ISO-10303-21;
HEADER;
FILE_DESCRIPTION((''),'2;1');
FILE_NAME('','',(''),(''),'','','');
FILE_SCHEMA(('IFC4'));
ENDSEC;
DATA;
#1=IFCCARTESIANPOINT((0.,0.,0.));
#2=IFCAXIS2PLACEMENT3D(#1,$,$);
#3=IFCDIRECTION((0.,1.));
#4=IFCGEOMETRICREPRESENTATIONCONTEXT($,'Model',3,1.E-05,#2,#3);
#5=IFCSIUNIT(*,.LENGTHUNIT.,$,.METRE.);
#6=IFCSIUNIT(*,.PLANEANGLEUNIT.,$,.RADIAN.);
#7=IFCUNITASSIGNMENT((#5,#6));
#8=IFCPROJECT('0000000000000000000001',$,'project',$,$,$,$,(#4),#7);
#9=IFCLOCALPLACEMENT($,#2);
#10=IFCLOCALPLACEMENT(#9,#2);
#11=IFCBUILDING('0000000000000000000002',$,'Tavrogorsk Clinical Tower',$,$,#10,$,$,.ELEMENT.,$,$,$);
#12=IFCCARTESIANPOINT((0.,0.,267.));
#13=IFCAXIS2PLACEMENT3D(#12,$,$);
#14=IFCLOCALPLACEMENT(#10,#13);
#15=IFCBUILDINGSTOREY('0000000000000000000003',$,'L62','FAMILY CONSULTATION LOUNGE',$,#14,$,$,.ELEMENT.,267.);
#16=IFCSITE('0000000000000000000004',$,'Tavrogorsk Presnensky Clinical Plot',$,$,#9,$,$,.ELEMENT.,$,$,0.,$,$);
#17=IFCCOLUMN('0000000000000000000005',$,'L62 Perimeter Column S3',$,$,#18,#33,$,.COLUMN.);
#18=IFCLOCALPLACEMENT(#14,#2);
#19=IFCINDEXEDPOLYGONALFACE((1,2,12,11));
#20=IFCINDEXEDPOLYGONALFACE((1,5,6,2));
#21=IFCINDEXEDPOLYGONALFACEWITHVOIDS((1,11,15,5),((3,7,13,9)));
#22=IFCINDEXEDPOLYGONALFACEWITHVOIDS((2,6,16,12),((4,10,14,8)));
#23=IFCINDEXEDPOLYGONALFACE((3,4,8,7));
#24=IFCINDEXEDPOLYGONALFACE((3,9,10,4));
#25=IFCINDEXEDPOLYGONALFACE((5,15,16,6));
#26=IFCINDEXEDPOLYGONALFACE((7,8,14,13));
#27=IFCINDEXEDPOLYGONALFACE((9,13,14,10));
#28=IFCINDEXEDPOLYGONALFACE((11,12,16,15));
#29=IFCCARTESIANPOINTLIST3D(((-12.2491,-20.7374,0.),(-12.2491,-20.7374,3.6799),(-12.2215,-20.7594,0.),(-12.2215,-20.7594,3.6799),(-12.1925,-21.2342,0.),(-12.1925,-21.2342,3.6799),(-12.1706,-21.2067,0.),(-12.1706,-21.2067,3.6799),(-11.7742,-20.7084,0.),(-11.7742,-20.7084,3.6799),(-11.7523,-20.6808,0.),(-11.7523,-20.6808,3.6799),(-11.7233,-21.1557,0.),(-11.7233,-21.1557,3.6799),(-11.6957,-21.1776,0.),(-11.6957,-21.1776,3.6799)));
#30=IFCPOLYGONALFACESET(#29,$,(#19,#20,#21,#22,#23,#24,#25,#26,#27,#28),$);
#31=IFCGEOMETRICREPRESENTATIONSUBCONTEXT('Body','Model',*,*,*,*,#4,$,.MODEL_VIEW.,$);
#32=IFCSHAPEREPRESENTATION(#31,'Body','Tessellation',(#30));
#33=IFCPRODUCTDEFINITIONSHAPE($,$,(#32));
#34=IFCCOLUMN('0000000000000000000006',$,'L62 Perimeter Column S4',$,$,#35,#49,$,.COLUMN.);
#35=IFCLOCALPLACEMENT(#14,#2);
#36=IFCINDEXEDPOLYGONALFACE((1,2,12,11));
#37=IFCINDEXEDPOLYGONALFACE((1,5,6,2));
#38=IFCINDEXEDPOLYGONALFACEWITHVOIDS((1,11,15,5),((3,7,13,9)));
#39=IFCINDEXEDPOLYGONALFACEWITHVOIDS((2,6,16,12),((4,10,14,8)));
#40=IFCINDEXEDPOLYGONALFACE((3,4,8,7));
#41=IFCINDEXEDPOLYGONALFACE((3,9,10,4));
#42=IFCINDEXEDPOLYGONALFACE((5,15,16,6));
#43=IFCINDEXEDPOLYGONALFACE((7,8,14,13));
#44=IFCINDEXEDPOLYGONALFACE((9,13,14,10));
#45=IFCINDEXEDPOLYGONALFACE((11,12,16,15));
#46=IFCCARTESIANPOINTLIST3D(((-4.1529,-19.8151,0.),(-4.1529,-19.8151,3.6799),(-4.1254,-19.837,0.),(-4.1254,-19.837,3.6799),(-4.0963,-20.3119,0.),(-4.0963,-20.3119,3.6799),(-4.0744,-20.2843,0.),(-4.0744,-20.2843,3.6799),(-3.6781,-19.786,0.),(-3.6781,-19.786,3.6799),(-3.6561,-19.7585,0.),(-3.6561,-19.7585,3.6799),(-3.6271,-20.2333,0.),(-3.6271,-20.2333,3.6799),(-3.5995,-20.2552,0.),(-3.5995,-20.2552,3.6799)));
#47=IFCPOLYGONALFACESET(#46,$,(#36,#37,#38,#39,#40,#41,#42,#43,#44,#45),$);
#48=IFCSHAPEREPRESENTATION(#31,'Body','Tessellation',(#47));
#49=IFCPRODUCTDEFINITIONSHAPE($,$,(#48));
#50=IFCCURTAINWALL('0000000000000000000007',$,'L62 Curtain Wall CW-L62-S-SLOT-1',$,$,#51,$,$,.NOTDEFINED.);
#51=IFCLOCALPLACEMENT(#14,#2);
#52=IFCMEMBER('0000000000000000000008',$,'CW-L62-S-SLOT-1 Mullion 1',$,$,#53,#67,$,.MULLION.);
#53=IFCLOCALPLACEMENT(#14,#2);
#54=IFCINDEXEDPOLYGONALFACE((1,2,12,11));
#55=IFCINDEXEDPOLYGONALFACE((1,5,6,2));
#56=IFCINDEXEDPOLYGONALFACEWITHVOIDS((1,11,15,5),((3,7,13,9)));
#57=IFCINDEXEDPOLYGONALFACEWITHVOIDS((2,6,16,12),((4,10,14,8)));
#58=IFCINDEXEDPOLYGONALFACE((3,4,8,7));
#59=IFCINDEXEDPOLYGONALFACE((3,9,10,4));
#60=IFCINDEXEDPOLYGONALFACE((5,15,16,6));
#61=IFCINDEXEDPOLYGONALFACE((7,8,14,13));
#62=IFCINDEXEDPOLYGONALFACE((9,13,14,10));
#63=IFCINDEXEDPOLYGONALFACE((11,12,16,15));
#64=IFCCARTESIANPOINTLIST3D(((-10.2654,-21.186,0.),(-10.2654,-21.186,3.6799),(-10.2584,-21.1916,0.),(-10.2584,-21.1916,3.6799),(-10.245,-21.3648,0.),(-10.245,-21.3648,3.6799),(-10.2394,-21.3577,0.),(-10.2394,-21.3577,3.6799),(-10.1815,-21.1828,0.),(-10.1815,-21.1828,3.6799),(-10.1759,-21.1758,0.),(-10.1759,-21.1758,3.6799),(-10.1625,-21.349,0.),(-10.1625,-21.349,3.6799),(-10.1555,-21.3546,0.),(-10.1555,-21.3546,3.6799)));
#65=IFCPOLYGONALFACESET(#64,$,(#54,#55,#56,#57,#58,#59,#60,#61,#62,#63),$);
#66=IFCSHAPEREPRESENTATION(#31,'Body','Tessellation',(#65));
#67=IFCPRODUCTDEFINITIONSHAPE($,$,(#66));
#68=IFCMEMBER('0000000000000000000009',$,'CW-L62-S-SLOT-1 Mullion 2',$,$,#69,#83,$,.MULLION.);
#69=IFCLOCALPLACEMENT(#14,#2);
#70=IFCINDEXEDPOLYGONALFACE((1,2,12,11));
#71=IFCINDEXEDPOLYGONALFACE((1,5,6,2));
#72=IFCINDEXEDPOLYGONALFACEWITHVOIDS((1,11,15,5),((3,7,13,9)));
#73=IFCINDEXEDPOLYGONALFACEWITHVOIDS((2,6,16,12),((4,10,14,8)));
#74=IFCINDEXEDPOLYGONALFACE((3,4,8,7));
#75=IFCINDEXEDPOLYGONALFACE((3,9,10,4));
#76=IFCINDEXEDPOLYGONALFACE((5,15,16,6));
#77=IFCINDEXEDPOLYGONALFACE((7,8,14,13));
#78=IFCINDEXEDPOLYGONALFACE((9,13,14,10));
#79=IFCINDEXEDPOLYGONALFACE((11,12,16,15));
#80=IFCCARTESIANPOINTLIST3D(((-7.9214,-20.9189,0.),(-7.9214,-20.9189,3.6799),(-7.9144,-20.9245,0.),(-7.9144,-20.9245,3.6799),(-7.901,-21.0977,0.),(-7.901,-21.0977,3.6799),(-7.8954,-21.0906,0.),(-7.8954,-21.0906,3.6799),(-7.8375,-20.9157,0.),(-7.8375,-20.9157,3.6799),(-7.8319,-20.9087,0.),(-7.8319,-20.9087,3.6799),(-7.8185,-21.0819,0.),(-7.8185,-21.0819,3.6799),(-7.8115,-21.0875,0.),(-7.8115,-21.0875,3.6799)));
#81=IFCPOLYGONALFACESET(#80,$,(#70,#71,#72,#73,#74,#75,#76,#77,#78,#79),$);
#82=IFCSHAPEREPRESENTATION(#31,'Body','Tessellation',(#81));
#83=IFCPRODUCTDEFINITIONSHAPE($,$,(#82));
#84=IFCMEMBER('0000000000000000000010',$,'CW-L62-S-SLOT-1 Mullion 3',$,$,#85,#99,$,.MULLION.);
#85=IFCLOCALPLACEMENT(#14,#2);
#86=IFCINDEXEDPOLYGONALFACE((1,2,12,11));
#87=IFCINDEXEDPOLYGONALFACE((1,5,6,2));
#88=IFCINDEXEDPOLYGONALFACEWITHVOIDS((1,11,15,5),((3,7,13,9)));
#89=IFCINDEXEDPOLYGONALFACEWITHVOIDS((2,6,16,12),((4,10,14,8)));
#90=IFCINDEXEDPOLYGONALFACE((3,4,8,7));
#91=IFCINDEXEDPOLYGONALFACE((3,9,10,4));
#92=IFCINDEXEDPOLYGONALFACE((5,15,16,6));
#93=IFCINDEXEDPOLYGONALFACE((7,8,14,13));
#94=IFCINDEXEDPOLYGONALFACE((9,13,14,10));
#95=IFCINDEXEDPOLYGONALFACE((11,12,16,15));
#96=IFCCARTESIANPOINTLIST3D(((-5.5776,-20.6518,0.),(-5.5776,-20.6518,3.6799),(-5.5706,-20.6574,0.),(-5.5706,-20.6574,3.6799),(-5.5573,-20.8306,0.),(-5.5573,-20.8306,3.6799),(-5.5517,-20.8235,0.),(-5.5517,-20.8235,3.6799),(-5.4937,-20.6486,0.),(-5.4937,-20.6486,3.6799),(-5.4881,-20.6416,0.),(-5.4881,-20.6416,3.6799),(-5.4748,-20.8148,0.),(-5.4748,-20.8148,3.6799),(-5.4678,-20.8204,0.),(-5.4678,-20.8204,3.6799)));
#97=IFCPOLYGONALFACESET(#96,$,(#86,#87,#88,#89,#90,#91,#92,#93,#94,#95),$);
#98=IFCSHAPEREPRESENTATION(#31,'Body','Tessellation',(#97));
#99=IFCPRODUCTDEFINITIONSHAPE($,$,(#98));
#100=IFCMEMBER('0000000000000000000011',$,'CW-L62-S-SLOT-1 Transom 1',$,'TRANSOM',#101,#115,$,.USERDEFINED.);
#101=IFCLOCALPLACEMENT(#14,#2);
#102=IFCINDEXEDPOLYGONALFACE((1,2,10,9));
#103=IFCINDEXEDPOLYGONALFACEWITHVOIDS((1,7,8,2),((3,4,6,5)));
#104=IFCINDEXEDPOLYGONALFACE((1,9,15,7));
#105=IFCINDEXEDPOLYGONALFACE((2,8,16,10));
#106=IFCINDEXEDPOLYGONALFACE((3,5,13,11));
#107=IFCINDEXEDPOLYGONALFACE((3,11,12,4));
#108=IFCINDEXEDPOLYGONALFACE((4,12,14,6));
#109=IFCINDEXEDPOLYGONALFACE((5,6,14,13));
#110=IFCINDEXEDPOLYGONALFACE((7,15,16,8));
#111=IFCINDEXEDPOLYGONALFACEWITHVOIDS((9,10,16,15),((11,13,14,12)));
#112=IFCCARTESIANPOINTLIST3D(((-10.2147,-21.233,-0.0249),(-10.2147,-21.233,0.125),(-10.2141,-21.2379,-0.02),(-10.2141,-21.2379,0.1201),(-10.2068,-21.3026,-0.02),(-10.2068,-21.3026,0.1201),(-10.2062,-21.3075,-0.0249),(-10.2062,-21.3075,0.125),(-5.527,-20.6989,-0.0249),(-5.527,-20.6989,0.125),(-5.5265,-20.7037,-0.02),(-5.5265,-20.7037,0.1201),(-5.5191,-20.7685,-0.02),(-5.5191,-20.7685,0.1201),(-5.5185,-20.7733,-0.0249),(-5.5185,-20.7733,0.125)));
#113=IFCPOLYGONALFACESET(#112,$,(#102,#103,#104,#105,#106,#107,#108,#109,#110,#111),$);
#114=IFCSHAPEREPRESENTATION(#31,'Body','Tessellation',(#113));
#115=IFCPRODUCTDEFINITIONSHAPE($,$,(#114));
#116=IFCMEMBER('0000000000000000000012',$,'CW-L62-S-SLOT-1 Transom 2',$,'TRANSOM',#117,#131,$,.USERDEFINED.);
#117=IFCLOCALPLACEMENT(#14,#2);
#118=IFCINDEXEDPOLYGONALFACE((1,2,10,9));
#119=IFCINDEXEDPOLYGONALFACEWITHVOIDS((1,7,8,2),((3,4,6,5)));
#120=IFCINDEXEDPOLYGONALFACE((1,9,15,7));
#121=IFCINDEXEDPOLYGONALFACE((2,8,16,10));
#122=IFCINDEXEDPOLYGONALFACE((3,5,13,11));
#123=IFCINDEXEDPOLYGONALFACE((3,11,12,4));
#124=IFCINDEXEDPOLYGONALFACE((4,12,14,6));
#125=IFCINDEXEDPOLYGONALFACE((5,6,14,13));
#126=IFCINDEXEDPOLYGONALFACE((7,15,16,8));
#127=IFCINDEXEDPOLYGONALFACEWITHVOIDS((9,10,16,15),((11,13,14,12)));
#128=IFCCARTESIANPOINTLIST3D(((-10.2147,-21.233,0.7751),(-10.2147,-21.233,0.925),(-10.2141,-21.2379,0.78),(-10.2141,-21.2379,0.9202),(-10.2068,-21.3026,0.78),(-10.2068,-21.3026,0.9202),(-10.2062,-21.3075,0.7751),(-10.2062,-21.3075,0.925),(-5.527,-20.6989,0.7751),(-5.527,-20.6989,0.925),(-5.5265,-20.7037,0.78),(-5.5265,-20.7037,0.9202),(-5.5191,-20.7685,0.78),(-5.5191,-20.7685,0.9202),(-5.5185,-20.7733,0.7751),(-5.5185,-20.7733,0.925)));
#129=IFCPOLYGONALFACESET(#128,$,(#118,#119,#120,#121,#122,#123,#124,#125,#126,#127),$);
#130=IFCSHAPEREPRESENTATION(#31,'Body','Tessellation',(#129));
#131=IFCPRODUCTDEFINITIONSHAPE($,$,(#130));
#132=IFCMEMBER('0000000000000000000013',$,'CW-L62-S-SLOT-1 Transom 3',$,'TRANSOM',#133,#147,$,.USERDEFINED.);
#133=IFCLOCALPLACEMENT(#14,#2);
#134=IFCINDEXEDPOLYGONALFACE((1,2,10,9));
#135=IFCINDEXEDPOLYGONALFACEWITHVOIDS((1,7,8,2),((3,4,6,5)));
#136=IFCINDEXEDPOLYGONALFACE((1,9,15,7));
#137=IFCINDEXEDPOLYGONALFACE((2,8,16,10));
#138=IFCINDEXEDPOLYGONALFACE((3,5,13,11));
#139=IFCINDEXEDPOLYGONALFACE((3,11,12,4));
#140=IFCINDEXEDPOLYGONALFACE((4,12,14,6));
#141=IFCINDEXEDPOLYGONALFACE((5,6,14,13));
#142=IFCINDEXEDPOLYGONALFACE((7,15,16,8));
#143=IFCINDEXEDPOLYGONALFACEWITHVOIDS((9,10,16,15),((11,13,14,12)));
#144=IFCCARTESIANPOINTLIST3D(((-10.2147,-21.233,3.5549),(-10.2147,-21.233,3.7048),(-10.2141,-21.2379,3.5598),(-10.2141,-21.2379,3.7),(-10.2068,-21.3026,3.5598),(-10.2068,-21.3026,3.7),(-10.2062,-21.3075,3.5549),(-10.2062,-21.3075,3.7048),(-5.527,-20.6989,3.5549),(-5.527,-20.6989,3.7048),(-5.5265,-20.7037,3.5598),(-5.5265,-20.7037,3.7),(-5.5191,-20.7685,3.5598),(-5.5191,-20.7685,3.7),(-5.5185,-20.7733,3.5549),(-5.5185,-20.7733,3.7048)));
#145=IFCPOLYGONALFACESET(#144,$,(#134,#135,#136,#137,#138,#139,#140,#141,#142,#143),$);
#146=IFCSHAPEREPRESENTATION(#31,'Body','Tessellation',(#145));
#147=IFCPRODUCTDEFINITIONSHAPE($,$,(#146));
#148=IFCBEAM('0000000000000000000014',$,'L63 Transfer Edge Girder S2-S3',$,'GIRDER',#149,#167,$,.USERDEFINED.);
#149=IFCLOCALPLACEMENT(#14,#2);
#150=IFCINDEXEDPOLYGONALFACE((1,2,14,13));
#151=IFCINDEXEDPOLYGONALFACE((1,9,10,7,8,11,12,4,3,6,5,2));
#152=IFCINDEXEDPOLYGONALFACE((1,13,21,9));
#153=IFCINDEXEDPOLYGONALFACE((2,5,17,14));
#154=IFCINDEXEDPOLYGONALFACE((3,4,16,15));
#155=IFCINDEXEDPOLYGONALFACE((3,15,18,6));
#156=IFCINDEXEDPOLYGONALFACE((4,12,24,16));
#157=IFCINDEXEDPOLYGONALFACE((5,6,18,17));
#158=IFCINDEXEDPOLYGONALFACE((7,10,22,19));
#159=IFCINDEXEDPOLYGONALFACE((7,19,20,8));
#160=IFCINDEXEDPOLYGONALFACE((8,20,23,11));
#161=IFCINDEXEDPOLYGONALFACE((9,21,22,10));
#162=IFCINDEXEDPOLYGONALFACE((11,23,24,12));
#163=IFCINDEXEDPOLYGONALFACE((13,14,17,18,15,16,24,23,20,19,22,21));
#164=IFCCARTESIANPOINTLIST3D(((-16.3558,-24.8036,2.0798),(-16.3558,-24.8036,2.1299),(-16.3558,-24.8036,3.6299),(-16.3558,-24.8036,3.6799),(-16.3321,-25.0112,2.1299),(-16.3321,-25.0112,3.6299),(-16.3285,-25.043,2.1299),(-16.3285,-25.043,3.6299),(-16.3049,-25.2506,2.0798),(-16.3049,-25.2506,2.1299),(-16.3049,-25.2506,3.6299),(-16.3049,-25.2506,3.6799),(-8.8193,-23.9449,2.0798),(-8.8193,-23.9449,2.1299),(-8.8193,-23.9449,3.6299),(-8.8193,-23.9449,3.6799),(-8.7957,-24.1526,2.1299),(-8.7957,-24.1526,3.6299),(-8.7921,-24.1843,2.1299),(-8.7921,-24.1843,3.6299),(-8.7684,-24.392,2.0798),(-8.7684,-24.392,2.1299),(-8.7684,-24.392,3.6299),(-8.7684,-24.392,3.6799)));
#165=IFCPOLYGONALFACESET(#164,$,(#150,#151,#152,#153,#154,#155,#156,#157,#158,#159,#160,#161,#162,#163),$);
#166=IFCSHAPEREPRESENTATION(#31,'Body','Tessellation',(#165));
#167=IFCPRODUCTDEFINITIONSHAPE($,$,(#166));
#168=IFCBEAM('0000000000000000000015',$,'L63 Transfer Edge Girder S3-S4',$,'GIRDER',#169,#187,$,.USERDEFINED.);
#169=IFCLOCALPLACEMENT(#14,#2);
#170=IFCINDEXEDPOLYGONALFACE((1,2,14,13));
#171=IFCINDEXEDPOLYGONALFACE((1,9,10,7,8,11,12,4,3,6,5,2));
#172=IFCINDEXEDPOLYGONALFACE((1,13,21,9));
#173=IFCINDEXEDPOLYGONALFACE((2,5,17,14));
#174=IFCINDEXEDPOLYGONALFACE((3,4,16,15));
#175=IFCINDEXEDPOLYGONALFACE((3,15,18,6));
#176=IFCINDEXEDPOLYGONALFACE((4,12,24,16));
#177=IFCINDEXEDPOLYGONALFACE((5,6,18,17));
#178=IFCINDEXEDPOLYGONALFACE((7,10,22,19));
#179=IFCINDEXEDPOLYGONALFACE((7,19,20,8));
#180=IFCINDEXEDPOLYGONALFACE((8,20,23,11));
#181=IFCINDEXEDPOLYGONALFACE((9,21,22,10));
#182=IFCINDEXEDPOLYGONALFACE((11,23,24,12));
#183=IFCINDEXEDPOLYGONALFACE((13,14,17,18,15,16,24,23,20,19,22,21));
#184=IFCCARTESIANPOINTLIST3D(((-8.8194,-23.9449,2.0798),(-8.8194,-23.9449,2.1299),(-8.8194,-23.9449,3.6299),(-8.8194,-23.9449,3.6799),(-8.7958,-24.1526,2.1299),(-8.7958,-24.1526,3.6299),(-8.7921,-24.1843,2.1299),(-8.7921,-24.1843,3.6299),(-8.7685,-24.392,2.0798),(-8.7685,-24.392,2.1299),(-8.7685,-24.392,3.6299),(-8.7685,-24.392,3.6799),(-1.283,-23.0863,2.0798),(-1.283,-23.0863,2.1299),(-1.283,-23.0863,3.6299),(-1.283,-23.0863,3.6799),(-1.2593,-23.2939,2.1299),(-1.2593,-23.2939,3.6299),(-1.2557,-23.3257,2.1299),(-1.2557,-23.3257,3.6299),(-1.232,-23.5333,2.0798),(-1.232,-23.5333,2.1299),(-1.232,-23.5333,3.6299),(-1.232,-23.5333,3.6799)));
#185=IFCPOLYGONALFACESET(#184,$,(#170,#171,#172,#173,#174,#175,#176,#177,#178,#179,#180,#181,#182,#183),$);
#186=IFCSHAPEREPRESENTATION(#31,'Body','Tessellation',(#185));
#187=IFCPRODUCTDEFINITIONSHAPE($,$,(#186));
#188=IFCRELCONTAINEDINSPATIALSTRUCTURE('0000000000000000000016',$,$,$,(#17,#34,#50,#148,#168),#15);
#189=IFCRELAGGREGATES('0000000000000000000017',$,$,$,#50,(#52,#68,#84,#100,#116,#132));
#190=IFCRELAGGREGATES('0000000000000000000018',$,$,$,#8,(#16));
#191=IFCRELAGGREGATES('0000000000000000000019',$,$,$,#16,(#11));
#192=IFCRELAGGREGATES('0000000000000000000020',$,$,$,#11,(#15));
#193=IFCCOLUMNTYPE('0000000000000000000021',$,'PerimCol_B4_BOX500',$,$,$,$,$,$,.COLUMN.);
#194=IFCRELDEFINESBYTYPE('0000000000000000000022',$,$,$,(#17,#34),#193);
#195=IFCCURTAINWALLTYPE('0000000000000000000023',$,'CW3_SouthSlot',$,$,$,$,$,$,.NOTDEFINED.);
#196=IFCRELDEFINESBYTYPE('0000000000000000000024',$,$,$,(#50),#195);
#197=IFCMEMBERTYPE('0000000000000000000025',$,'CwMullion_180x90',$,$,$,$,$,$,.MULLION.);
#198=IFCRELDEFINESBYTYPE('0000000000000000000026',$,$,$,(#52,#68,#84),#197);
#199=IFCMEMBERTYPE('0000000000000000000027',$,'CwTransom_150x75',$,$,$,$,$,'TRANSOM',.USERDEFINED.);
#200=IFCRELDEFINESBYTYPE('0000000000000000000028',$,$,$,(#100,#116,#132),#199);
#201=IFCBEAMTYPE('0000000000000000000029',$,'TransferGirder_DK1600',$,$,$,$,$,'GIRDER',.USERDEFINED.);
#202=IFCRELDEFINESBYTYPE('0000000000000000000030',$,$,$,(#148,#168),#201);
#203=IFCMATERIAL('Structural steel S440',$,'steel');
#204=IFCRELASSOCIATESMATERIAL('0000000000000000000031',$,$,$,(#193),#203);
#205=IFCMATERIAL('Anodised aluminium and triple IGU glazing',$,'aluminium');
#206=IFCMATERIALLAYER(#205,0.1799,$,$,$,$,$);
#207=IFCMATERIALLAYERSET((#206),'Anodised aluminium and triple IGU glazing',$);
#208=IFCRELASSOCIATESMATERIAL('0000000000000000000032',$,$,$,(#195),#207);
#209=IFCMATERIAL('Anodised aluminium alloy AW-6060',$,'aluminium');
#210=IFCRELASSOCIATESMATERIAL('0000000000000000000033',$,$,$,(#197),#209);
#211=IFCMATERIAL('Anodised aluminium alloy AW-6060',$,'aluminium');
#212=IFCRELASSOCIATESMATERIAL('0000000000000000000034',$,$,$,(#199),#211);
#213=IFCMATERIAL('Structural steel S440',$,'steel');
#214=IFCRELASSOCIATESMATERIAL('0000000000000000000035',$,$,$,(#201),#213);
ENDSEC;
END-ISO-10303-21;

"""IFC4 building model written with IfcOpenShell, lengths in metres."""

from ifc_helpers import new_model, si_unit, direction, frame, origin, origin_2d, place, context, subcontext, project, spatial, hollow_rectangle, i_section, extrude, material, layer, layer_set, material_profile, profile_set, type_object, element, aggregate, save


model = new_model("IFC4")

# Units and contexts
model_context = context("Model", 3, precision=1e-05, world=origin(), true_north=direction((0.0, 1.0)))
body_context = subcontext(model_context, "Body", "Model", "MODEL_VIEW")
ifc_project = project(units=[si_unit("LENGTHUNIT", "METRE"), si_unit("PLANEANGLEUNIT", "RADIAN")], contexts=[model_context])

# Site, building, storey
site_placement = place(None, origin())
site = spatial("IfcSite", under=ifc_project, at=site_placement, Name="Tavrogorsk Presnensky Clinical Plot", CompositionType="ELEMENT", RefElevation=0.0)
building_placement = place(site_placement, origin())
building = spatial("IfcBuilding", under=site, at=building_placement, Name="Tavrogorsk Clinical Tower", CompositionType="ELEMENT")
storey_placement = place(building_placement, frame((0.0, 0.0, 267.0)))
storey = spatial("IfcBuildingStorey", under=building, at=storey_placement, Name="L62", Description="FAMILY CONSULTATION LOUNGE", CompositionType="ELEMENT", Elevation=267.0)

# Columns
ifc_material_1 = material(Name="Structural steel S440", Category="steel")
ifc_material_profile_1 = material_profile(ifc_material_1, hollow_rectangle(XDim=0.5, YDim=0.5, WallThickness=0.0249, at=origin_2d()), Name="BOX-500x500x25")
ifc_profile_set_1 = profile_set([ifc_material_profile_1], Name="Structural steel S440")
column_type = type_object("IfcColumnType", Name="PerimCol_B4_BOX500", PredefinedType="COLUMN", material=ifc_profile_set_1)
for number, where, z_axis, x_axis, name in (
    (1, (-11.9724, -20.9575, 0.0), (0.0, 0.0, 1.0), (0.993572, 0.113203, 0.0), "L62 Perimeter Column S3"),
    (2, (-3.8762, -20.0352, 0.0), (0.0, 0.0, 1.0), (0.993572, 0.113203, 0.0), "L62 Perimeter Column S4"),
):
    element("IfcColumn", number, at=place(storey_placement, frame(where, z_axis=z_axis, x_axis=x_axis)), inside=storey, type_object=column_type, Name=name, PredefinedType="COLUMN", context=body_context, shape_type="SweptSolid", body=[
        extrude(hollow_rectangle(XDim=0.5, YDim=0.5, WallThickness=0.0249, at=origin_2d()), origin(), (0.0, 0.0, 1.0), 3.6799),
    ])

# Curtain wall, members
ifc_material_2 = material(Name="Anodised aluminium and triple IGU glazing", Category="aluminium")
ifc_layer_1 = layer(ifc_material_2, 0.1799)
ifc_layer_set_1 = layer_set([ifc_layer_1], Name="Anodised aluminium and triple IGU glazing")
curtain_wall_type = type_object("IfcCurtainWallType", Name="CW3_SouthSlot", PredefinedType="NOTDEFINED", material=ifc_layer_set_1)
curtain_wall_placement = place(storey_placement, origin())
curtain_wall = element("IfcCurtainWall", 3, at=curtain_wall_placement, inside=storey, type_object=curtain_wall_type, Name="L62 Curtain Wall CW-L62-S-SLOT-1", PredefinedType="NOTDEFINED")
ifc_material_3 = material(Name="Anodised aluminium alloy AW-6060", Category="aluminium")
ifc_material_profile_2 = material_profile(ifc_material_3, hollow_rectangle(XDim=0.0901, YDim=0.1799, WallThickness=0.0063, at=origin_2d()), Name="RHS-180x90x6.3")
ifc_profile_set_2 = profile_set([ifc_material_profile_2], Name="Anodised aluminium alloy AW-6060")
member_type_1 = type_object("IfcMemberType", Name="CwMullion_180x90", PredefinedType="MULLION", material=ifc_profile_set_2)
member_1_placement = place(storey_placement, frame((-10.2104, -21.2703, 0.0), z_axis=(0.0, 0.0, 1.0), x_axis=(0.993572, 0.113203, 0.0)))
member_1 = element("IfcMember", 4, at=member_1_placement, type_object=member_type_1, Name="CW-L62-S-SLOT-1 Mullion 1", PredefinedType="MULLION", context=body_context, shape_type="SweptSolid", body=[
    extrude(hollow_rectangle(XDim=0.0901, YDim=0.1799, WallThickness=0.0063, at=origin_2d()), origin(), (0.0, 0.0, 1.0), 3.6799),
])
member_2_placement = place(storey_placement, frame((-7.8665, -21.0032, 0.0), z_axis=(0.0, 0.0, 1.0), x_axis=(0.993572, 0.113203, 0.0)))
member_2 = element("IfcMember", 5, at=member_2_placement, type_object=member_type_1, Name="CW-L62-S-SLOT-1 Mullion 2", PredefinedType="MULLION", context=body_context, shape_type="SweptSolid", body=[
    extrude(hollow_rectangle(XDim=0.0901, YDim=0.1799, WallThickness=0.0063, at=origin_2d()), origin(), (0.0, 0.0, 1.0), 3.6799),
])
member_3_placement = place(storey_placement, frame((-5.5227, -20.7361, 0.0), z_axis=(0.0, 0.0, 1.0), x_axis=(0.993572, 0.113203, 0.0)))
member_3 = element("IfcMember", 6, at=member_3_placement, type_object=member_type_1, Name="CW-L62-S-SLOT-1 Mullion 3", PredefinedType="MULLION", context=body_context, shape_type="SweptSolid", body=[
    extrude(hollow_rectangle(XDim=0.0901, YDim=0.1799, WallThickness=0.0063, at=origin_2d()), origin(), (0.0, 0.0, 1.0), 3.6799),
])
ifc_material_4 = material(Name="Anodised aluminium alloy AW-6060", Category="aluminium")
ifc_material_profile_3 = material_profile(ifc_material_4, hollow_rectangle(XDim=0.075, YDim=0.1499, WallThickness=0.0049, at=origin_2d()), Name="RHS-150x75x5")
ifc_profile_set_3 = profile_set([ifc_material_profile_3], Name="Anodised aluminium alloy AW-6060")
member_type_2 = type_object("IfcMemberType", Name="CwTransom_150x75", ElementType="TRANSOM", PredefinedType="USERDEFINED", material=ifc_profile_set_3)
member_4_placement = place(storey_placement, frame((-10.2104, -21.2703, 0.05), z_axis=(0.99357, 0.11322, 0.0), x_axis=(-0.11322, 0.99357, 0.0)))
member_4 = element("IfcMember", 7, at=member_4_placement, type_object=member_type_2, Name="CW-L62-S-SLOT-1 Transom 1", ObjectType="TRANSOM", PredefinedType="USERDEFINED", context=body_context, shape_type="SweptSolid", body=[
    extrude(hollow_rectangle(XDim=0.075, YDim=0.1499, WallThickness=0.0049, at=origin_2d()), origin(), (0.0, 0.0, 1.0), 4.718),
])
member_5_placement = place(storey_placement, frame((-10.2104, -21.2703, 0.8501), z_axis=(0.99357, 0.11322, 0.0), x_axis=(-0.11322, 0.99357, 0.0)))
member_5 = element("IfcMember", 8, at=member_5_placement, type_object=member_type_2, Name="CW-L62-S-SLOT-1 Transom 2", ObjectType="TRANSOM", PredefinedType="USERDEFINED", context=body_context, shape_type="SweptSolid", body=[
    extrude(hollow_rectangle(XDim=0.075, YDim=0.1499, WallThickness=0.0049, at=origin_2d()), origin(), (0.0, 0.0, 1.0), 4.718),
])
member_6_placement = place(storey_placement, frame((-10.2104, -21.2703, 3.6299), z_axis=(0.99357, 0.11322, 0.0), x_axis=(-0.11322, 0.99357, 0.0)))
member_6 = element("IfcMember", 9, at=member_6_placement, type_object=member_type_2, Name="CW-L62-S-SLOT-1 Transom 3", ObjectType="TRANSOM", PredefinedType="USERDEFINED", context=body_context, shape_type="SweptSolid", body=[
    extrude(hollow_rectangle(XDim=0.075, YDim=0.1499, WallThickness=0.0049, at=origin_2d()), origin(), (0.0, 0.0, 1.0), 4.718),
])

# Beams
ifc_material_5 = material(Name="Structural steel S440", Category="steel")
ifc_material_profile_4 = material_profile(ifc_material_5, i_section(OverallWidth=0.45, OverallDepth=1.6001, WebThickness=0.032, FlangeThickness=0.05, at=origin_2d()), Name="DK-1600x450x32x50")
ifc_profile_set_4 = profile_set([ifc_material_profile_4], Name="Structural steel S440")
beam_type_1 = type_object("IfcBeamType", Name="TransferGirder_DK1600", ElementType="GIRDER", PredefinedType="USERDEFINED", material=ifc_profile_set_4)
for number, where, z_axis, x_axis, name in (
    (10, (-16.3303, -25.0271, 2.8799), (0.993572, 0.113201, 0.0), (-0.113201, 0.993572, 0.0), "L63 Transfer Edge Girder S2-S3"),
    (11, (-8.7939, -24.1685, 2.8799), (0.993572, 0.113201, 0.0), (-0.113201, 0.993572, 0.0), "L63 Transfer Edge Girder S3-S4"),
):
    element("IfcBeam", number, at=place(storey_placement, frame(where, z_axis=z_axis, x_axis=x_axis)), inside=storey, type_object=beam_type_1, Name=name, ObjectType="GIRDER", PredefinedType="USERDEFINED", context=body_context, shape_type="SweptSolid", body=[
        extrude(i_section(OverallWidth=0.45, OverallDepth=1.6001, WebThickness=0.032, FlangeThickness=0.05, at=origin_2d()), origin(), (0.0, 0.0, 1.0), 7.5852),
    ])

aggregate(curtain_wall, [member_1, member_2, member_3, member_4, member_5, member_6])

save(model, "model.ifc")
